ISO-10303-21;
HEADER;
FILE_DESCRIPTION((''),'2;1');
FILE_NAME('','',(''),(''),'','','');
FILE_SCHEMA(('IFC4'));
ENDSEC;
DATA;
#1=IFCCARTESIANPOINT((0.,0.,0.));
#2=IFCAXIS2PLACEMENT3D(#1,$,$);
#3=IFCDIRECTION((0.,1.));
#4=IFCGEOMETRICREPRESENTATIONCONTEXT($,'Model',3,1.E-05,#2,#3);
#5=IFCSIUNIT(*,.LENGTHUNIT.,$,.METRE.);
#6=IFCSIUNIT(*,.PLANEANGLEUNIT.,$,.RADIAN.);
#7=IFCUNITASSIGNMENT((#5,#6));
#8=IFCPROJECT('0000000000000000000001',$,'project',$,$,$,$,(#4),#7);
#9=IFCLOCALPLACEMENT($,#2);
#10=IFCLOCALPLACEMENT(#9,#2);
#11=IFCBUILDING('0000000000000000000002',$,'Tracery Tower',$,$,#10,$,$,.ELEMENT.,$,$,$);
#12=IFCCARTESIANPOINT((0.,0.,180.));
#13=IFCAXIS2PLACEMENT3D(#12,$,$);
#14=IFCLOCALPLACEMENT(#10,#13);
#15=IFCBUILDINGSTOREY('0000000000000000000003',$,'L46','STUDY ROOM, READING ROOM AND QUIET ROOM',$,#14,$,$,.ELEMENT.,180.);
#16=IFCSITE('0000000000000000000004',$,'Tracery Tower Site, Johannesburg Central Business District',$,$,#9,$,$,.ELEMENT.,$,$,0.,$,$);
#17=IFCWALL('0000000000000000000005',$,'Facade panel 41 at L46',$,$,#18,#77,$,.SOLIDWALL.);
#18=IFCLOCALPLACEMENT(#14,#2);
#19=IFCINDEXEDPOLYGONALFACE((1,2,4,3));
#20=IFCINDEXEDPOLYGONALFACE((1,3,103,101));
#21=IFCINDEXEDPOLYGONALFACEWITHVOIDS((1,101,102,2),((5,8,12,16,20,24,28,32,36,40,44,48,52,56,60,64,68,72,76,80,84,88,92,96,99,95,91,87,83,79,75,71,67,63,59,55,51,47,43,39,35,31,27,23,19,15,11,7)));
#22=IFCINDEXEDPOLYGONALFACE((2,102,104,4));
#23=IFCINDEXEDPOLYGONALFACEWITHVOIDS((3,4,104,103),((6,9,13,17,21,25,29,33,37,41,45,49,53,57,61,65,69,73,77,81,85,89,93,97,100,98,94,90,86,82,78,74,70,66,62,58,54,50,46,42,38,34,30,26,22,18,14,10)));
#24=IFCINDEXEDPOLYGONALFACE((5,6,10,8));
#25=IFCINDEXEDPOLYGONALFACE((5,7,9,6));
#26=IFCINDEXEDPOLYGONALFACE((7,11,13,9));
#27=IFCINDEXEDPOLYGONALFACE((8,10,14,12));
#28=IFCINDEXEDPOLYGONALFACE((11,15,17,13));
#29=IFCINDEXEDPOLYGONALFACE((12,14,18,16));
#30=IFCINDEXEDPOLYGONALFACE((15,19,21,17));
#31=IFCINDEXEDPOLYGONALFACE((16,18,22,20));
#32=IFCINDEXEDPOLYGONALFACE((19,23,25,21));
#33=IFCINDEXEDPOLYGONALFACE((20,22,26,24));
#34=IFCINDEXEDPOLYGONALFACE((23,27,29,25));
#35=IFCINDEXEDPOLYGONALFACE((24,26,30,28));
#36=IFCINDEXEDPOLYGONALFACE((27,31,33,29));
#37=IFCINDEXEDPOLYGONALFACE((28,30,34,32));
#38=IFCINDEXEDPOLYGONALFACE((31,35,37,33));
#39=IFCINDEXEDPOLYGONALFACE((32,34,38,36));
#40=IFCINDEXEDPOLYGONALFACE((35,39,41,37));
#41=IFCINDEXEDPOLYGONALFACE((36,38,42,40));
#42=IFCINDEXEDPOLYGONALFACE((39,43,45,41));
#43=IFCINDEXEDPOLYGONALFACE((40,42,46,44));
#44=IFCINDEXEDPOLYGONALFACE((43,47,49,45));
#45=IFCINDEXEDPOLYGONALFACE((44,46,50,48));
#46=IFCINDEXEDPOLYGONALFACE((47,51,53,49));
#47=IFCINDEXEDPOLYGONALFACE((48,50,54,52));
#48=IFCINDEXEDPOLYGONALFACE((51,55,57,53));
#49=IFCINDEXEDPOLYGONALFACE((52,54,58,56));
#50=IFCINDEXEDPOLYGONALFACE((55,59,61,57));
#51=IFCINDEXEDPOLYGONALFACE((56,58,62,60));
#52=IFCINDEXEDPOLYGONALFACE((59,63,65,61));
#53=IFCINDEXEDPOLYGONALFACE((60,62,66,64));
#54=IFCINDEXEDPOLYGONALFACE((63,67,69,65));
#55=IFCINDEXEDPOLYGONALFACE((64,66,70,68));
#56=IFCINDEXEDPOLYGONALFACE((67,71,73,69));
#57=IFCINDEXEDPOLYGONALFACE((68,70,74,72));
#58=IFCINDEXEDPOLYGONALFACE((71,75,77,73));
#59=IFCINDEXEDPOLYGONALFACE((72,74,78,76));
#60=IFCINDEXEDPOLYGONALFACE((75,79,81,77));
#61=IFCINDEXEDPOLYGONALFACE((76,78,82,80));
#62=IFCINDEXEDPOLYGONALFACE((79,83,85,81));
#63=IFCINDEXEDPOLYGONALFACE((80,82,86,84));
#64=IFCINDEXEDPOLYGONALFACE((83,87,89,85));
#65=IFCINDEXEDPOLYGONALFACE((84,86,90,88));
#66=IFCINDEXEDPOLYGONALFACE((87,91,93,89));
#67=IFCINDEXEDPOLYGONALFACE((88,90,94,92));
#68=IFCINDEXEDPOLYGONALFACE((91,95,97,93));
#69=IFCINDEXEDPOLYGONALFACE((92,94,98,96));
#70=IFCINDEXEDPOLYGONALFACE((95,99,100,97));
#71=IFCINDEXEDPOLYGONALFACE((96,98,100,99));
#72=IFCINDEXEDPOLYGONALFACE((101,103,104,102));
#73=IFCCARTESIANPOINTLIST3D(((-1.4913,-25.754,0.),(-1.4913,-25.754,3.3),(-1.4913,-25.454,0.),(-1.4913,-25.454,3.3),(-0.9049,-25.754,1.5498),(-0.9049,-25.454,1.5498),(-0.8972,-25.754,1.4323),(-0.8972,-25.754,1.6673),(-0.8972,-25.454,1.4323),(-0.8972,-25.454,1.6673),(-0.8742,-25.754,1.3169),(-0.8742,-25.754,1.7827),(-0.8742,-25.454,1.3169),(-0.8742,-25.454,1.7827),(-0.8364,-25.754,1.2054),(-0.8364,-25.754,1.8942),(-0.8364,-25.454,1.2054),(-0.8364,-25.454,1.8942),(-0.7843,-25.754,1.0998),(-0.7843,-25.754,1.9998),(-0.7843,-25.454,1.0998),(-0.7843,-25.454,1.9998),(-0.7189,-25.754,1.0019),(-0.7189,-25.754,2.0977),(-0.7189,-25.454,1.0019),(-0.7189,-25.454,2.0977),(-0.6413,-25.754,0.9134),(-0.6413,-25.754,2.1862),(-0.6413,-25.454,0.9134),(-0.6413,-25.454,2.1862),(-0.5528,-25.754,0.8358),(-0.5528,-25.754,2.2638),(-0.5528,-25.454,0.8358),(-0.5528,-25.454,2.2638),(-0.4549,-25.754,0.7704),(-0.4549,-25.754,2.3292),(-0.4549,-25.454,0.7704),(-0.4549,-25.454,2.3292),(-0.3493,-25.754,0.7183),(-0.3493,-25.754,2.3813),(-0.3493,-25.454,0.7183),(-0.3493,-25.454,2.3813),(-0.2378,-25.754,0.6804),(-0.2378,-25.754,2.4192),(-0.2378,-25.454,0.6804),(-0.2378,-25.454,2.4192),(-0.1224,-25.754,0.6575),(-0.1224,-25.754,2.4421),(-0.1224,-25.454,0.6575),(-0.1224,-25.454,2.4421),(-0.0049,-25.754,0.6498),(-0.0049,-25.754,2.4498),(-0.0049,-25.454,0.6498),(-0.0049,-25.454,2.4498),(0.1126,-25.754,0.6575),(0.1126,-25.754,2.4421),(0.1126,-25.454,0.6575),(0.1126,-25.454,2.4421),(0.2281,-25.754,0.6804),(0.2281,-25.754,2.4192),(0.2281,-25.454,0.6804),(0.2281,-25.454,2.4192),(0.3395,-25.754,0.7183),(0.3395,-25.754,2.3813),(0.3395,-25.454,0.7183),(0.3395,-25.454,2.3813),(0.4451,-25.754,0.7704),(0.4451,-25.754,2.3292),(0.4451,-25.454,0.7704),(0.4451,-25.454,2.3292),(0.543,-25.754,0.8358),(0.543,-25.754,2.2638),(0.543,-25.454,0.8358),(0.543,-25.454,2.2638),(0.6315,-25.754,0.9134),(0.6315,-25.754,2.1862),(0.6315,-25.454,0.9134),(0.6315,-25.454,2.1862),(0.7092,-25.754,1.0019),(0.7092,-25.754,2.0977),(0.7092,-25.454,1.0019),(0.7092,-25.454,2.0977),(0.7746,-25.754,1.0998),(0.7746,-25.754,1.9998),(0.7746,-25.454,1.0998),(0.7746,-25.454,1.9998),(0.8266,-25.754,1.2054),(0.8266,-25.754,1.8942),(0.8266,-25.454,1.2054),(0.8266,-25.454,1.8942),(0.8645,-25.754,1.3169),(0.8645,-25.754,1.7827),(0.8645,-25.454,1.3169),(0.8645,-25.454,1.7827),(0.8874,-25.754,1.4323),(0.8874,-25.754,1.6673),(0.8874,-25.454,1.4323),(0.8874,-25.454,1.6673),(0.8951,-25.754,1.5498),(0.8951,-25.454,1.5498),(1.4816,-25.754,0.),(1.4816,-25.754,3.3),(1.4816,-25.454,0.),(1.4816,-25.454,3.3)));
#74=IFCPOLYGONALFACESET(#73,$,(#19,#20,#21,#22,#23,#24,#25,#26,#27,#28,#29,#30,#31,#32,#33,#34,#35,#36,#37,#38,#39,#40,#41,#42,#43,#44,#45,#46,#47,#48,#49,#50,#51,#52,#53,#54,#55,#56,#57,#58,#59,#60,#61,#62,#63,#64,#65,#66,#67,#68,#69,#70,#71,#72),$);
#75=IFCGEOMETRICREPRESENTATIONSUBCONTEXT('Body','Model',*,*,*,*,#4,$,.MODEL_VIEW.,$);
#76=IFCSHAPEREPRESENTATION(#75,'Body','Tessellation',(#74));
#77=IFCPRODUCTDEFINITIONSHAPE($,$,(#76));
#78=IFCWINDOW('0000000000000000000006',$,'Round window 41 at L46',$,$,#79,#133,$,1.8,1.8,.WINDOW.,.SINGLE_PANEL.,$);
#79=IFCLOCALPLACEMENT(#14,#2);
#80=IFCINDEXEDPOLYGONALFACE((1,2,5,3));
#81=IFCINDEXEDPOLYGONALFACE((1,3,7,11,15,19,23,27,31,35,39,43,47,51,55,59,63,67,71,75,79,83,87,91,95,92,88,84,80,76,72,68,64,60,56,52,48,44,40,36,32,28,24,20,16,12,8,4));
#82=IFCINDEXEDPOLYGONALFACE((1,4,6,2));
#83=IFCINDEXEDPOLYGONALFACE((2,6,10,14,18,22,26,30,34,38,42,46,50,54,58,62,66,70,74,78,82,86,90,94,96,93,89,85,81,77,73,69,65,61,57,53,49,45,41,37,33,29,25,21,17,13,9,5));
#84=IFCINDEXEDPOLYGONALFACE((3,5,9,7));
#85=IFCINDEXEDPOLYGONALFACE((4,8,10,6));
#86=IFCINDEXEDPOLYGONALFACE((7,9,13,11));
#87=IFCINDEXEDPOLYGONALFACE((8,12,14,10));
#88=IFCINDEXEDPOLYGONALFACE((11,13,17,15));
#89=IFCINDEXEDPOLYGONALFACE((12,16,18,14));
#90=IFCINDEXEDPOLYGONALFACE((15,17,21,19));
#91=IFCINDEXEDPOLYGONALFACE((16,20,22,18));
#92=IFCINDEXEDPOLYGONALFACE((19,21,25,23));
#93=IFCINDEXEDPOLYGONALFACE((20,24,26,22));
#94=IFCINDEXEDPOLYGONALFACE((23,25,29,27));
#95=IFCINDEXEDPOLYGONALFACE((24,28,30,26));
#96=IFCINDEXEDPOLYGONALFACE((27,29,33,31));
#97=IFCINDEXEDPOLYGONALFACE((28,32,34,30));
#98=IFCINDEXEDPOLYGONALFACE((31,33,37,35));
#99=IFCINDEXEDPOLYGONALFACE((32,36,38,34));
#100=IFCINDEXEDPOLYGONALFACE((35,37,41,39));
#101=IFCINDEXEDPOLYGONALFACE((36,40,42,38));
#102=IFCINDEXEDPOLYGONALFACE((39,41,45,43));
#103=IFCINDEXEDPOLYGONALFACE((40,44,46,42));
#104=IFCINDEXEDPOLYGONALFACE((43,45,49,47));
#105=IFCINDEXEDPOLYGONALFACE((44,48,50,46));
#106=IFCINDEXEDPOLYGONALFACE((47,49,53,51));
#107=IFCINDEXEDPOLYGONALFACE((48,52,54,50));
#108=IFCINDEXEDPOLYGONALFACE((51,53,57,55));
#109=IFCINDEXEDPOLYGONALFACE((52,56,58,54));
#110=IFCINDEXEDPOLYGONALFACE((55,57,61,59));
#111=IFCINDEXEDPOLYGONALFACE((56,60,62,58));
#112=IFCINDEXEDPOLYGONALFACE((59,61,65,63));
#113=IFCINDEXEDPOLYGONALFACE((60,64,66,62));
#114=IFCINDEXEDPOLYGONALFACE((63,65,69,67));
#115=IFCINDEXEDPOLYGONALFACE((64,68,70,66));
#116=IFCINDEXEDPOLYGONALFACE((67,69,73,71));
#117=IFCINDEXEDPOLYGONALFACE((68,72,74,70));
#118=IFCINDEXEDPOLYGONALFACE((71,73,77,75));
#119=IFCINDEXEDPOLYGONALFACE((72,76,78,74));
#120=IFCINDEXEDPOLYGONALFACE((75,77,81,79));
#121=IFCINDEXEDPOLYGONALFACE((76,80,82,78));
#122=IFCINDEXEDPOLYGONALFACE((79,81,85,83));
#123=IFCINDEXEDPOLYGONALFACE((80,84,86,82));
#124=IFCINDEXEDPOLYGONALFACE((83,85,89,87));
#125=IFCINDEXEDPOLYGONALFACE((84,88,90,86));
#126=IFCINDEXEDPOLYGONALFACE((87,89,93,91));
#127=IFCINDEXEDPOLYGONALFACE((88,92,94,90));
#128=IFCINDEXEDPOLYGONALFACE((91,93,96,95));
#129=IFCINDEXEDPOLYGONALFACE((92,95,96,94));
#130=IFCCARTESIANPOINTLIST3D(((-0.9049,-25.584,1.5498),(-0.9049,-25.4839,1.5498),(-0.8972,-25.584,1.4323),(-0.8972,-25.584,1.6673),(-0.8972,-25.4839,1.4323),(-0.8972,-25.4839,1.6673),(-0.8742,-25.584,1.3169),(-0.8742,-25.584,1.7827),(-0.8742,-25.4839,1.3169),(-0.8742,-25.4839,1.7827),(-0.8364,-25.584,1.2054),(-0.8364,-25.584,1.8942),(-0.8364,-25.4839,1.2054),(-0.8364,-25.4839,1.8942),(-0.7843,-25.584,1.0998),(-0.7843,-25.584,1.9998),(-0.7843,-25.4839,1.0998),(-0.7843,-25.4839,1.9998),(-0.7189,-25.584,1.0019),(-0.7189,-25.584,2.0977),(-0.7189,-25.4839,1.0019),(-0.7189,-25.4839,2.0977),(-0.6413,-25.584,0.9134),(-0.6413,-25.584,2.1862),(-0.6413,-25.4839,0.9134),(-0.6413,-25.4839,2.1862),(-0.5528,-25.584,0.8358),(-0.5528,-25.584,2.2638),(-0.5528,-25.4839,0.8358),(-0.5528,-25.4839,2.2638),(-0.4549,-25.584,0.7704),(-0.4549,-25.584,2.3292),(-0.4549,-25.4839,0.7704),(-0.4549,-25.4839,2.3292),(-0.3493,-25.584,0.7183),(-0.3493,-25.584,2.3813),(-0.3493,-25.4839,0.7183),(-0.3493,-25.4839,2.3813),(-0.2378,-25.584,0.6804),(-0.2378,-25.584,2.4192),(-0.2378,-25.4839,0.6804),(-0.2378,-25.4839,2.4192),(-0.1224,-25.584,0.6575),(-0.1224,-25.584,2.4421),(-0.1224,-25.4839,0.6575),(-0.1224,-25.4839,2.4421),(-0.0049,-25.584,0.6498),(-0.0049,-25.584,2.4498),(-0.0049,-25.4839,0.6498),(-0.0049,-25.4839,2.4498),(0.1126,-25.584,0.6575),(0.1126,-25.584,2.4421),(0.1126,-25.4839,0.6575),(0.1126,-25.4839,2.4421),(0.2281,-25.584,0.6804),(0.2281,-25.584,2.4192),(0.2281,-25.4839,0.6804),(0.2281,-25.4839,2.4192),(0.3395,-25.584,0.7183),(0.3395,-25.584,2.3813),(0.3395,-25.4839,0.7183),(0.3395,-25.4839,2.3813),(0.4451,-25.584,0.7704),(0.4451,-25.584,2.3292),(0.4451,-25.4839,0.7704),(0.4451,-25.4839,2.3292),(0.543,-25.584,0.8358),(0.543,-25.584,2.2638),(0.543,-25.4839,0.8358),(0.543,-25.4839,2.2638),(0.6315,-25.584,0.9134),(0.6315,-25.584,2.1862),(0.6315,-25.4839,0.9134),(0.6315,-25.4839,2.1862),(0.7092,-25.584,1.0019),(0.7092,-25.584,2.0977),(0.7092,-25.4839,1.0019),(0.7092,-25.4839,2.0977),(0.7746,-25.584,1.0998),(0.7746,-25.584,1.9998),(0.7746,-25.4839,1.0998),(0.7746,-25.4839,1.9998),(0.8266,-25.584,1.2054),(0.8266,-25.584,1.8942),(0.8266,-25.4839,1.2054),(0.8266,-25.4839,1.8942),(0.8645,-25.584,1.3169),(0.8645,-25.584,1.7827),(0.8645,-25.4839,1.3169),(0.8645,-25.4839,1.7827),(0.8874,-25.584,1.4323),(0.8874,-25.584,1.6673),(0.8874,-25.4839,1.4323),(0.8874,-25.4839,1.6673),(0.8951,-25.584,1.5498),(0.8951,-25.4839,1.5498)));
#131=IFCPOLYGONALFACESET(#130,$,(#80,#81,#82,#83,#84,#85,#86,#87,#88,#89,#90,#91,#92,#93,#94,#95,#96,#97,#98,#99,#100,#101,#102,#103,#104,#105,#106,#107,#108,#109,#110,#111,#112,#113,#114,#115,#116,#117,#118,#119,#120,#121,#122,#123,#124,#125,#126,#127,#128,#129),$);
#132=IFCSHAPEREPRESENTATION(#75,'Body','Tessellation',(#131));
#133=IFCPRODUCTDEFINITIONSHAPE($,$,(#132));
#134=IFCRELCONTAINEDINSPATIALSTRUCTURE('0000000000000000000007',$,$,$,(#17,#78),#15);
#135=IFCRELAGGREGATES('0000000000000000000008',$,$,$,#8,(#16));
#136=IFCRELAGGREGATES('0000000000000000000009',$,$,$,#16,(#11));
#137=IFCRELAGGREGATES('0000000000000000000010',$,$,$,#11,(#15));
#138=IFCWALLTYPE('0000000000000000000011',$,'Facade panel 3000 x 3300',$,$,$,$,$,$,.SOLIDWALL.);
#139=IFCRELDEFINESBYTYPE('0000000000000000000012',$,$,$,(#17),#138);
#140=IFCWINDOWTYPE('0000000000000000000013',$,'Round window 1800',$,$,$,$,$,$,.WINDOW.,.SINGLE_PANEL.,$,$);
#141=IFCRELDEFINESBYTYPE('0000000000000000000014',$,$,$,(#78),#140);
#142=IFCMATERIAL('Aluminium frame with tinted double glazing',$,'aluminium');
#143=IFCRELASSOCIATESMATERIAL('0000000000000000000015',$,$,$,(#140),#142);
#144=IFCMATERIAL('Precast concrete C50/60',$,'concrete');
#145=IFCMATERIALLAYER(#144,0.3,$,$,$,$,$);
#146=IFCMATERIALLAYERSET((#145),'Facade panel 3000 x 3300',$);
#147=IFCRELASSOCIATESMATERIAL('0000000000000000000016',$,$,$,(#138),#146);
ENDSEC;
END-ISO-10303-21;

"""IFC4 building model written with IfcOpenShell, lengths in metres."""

from ifc_helpers import new_model, si_unit, direction, frame, frame_2d, origin, origin_2d, place, context, subcontext, project, spatial, rectangle, circle, extrude, material, layer, layer_set, type_object, element, fill, save


model = new_model("IFC4")

# Units and contexts
model_context = context("Model", 3, precision=1e-05, world=origin(), true_north=direction((0.0, 1.0)))
body_context = subcontext(model_context, "Body", "Model", "MODEL_VIEW")
ifc_project = project(units=[si_unit("LENGTHUNIT", "METRE"), si_unit("PLANEANGLEUNIT", "RADIAN")], contexts=[model_context])

# Site, building, storey
site_placement = place(None, origin())
site = spatial("IfcSite", under=ifc_project, at=site_placement, Name="Tracery Tower Site, Johannesburg Central Business District", CompositionType="ELEMENT", RefElevation=0.0)
building_placement = place(site_placement, origin())
building = spatial("IfcBuilding", under=site, at=building_placement, Name="Tracery Tower", CompositionType="ELEMENT")
storey_placement = place(building_placement, frame((0.0, 0.0, 180.0)))
storey = spatial("IfcBuildingStorey", under=building, at=storey_placement, Name="L46", Description="STUDY ROOM, READING ROOM AND QUIET ROOM", CompositionType="ELEMENT", Elevation=180.0)

# Wall, opening, window
ifc_material_1 = material(Name="Aluminium frame with tinted double glazing", Category="aluminium")
window_type = type_object("IfcWindowType", Name="Round window 1800", PartitioningType="SINGLE_PANEL", PredefinedType="WINDOW", material=ifc_material_1)
ifc_material_2 = material(Name="Precast concrete C50/60", Category="concrete")
ifc_layer_1 = layer(ifc_material_2, 0.3)
ifc_layer_set_1 = layer_set([ifc_layer_1], Name="Facade panel 3000 x 3300")
wall_type_1 = type_object("IfcWallType", Name="Facade panel 3000 x 3300", PredefinedType="SOLIDWALL", material=ifc_layer_set_1)
wall_1_placement = place(storey_placement, frame((-1.4912, -25.604, 0.0), z_axis=(0.0, 0.0, 1.0), x_axis=(1.0, 0.0, 0.0)))
wall_1 = element("IfcWall", 1, at=wall_1_placement, inside=storey, type_object=wall_type_1, Name="Facade panel 41 at L46", PredefinedType="SOLIDWALL", context=body_context, shape_type="SweptSolid", body=[
    extrude(rectangle(XDim=2.9729, YDim=0.3, at=frame_2d((1.4863, 0.0))), origin(), (0.0, 0.0, 1.0), 3.3),
])
opening_1_placement = place(wall_1_placement, frame((1.4863, 0.0, 1.5498)))
opening_1 = element("IfcOpeningElement", 2, at=opening_1_placement, cuts=wall_1, PredefinedType="OPENING", context=body_context, shape_type="SweptSolid", body=[
    extrude(circle(Radius=0.9, at=origin_2d()), frame((0.0, 0.1599, 0.0), z_axis=(0.0, -1.0, 0.0), x_axis=(1.0, 0.0, 0.0)), (0.0, 0.0, 1.0), 0.3201),
])
window_1_placement = place(opening_1_placement, origin())
window_1 = element("IfcWindow", 3, at=window_1_placement, inside=storey, type_object=window_type, Name="Round window 41 at L46", OverallHeight=1.8, OverallWidth=1.8, PartitioningType="SINGLE_PANEL", PredefinedType="WINDOW", context=body_context, shape_type="SweptSolid", body=[
    extrude(circle(Radius=0.9, at=origin_2d()), frame((0.0, 0.1201, 0.0), z_axis=(0.0, -1.0, 0.0), x_axis=(1.0, 0.0, 0.0)), (0.0, 0.0, 1.0), 0.1001),
])
fill(opening_1, window_1)

save(model, "model.ifc")
